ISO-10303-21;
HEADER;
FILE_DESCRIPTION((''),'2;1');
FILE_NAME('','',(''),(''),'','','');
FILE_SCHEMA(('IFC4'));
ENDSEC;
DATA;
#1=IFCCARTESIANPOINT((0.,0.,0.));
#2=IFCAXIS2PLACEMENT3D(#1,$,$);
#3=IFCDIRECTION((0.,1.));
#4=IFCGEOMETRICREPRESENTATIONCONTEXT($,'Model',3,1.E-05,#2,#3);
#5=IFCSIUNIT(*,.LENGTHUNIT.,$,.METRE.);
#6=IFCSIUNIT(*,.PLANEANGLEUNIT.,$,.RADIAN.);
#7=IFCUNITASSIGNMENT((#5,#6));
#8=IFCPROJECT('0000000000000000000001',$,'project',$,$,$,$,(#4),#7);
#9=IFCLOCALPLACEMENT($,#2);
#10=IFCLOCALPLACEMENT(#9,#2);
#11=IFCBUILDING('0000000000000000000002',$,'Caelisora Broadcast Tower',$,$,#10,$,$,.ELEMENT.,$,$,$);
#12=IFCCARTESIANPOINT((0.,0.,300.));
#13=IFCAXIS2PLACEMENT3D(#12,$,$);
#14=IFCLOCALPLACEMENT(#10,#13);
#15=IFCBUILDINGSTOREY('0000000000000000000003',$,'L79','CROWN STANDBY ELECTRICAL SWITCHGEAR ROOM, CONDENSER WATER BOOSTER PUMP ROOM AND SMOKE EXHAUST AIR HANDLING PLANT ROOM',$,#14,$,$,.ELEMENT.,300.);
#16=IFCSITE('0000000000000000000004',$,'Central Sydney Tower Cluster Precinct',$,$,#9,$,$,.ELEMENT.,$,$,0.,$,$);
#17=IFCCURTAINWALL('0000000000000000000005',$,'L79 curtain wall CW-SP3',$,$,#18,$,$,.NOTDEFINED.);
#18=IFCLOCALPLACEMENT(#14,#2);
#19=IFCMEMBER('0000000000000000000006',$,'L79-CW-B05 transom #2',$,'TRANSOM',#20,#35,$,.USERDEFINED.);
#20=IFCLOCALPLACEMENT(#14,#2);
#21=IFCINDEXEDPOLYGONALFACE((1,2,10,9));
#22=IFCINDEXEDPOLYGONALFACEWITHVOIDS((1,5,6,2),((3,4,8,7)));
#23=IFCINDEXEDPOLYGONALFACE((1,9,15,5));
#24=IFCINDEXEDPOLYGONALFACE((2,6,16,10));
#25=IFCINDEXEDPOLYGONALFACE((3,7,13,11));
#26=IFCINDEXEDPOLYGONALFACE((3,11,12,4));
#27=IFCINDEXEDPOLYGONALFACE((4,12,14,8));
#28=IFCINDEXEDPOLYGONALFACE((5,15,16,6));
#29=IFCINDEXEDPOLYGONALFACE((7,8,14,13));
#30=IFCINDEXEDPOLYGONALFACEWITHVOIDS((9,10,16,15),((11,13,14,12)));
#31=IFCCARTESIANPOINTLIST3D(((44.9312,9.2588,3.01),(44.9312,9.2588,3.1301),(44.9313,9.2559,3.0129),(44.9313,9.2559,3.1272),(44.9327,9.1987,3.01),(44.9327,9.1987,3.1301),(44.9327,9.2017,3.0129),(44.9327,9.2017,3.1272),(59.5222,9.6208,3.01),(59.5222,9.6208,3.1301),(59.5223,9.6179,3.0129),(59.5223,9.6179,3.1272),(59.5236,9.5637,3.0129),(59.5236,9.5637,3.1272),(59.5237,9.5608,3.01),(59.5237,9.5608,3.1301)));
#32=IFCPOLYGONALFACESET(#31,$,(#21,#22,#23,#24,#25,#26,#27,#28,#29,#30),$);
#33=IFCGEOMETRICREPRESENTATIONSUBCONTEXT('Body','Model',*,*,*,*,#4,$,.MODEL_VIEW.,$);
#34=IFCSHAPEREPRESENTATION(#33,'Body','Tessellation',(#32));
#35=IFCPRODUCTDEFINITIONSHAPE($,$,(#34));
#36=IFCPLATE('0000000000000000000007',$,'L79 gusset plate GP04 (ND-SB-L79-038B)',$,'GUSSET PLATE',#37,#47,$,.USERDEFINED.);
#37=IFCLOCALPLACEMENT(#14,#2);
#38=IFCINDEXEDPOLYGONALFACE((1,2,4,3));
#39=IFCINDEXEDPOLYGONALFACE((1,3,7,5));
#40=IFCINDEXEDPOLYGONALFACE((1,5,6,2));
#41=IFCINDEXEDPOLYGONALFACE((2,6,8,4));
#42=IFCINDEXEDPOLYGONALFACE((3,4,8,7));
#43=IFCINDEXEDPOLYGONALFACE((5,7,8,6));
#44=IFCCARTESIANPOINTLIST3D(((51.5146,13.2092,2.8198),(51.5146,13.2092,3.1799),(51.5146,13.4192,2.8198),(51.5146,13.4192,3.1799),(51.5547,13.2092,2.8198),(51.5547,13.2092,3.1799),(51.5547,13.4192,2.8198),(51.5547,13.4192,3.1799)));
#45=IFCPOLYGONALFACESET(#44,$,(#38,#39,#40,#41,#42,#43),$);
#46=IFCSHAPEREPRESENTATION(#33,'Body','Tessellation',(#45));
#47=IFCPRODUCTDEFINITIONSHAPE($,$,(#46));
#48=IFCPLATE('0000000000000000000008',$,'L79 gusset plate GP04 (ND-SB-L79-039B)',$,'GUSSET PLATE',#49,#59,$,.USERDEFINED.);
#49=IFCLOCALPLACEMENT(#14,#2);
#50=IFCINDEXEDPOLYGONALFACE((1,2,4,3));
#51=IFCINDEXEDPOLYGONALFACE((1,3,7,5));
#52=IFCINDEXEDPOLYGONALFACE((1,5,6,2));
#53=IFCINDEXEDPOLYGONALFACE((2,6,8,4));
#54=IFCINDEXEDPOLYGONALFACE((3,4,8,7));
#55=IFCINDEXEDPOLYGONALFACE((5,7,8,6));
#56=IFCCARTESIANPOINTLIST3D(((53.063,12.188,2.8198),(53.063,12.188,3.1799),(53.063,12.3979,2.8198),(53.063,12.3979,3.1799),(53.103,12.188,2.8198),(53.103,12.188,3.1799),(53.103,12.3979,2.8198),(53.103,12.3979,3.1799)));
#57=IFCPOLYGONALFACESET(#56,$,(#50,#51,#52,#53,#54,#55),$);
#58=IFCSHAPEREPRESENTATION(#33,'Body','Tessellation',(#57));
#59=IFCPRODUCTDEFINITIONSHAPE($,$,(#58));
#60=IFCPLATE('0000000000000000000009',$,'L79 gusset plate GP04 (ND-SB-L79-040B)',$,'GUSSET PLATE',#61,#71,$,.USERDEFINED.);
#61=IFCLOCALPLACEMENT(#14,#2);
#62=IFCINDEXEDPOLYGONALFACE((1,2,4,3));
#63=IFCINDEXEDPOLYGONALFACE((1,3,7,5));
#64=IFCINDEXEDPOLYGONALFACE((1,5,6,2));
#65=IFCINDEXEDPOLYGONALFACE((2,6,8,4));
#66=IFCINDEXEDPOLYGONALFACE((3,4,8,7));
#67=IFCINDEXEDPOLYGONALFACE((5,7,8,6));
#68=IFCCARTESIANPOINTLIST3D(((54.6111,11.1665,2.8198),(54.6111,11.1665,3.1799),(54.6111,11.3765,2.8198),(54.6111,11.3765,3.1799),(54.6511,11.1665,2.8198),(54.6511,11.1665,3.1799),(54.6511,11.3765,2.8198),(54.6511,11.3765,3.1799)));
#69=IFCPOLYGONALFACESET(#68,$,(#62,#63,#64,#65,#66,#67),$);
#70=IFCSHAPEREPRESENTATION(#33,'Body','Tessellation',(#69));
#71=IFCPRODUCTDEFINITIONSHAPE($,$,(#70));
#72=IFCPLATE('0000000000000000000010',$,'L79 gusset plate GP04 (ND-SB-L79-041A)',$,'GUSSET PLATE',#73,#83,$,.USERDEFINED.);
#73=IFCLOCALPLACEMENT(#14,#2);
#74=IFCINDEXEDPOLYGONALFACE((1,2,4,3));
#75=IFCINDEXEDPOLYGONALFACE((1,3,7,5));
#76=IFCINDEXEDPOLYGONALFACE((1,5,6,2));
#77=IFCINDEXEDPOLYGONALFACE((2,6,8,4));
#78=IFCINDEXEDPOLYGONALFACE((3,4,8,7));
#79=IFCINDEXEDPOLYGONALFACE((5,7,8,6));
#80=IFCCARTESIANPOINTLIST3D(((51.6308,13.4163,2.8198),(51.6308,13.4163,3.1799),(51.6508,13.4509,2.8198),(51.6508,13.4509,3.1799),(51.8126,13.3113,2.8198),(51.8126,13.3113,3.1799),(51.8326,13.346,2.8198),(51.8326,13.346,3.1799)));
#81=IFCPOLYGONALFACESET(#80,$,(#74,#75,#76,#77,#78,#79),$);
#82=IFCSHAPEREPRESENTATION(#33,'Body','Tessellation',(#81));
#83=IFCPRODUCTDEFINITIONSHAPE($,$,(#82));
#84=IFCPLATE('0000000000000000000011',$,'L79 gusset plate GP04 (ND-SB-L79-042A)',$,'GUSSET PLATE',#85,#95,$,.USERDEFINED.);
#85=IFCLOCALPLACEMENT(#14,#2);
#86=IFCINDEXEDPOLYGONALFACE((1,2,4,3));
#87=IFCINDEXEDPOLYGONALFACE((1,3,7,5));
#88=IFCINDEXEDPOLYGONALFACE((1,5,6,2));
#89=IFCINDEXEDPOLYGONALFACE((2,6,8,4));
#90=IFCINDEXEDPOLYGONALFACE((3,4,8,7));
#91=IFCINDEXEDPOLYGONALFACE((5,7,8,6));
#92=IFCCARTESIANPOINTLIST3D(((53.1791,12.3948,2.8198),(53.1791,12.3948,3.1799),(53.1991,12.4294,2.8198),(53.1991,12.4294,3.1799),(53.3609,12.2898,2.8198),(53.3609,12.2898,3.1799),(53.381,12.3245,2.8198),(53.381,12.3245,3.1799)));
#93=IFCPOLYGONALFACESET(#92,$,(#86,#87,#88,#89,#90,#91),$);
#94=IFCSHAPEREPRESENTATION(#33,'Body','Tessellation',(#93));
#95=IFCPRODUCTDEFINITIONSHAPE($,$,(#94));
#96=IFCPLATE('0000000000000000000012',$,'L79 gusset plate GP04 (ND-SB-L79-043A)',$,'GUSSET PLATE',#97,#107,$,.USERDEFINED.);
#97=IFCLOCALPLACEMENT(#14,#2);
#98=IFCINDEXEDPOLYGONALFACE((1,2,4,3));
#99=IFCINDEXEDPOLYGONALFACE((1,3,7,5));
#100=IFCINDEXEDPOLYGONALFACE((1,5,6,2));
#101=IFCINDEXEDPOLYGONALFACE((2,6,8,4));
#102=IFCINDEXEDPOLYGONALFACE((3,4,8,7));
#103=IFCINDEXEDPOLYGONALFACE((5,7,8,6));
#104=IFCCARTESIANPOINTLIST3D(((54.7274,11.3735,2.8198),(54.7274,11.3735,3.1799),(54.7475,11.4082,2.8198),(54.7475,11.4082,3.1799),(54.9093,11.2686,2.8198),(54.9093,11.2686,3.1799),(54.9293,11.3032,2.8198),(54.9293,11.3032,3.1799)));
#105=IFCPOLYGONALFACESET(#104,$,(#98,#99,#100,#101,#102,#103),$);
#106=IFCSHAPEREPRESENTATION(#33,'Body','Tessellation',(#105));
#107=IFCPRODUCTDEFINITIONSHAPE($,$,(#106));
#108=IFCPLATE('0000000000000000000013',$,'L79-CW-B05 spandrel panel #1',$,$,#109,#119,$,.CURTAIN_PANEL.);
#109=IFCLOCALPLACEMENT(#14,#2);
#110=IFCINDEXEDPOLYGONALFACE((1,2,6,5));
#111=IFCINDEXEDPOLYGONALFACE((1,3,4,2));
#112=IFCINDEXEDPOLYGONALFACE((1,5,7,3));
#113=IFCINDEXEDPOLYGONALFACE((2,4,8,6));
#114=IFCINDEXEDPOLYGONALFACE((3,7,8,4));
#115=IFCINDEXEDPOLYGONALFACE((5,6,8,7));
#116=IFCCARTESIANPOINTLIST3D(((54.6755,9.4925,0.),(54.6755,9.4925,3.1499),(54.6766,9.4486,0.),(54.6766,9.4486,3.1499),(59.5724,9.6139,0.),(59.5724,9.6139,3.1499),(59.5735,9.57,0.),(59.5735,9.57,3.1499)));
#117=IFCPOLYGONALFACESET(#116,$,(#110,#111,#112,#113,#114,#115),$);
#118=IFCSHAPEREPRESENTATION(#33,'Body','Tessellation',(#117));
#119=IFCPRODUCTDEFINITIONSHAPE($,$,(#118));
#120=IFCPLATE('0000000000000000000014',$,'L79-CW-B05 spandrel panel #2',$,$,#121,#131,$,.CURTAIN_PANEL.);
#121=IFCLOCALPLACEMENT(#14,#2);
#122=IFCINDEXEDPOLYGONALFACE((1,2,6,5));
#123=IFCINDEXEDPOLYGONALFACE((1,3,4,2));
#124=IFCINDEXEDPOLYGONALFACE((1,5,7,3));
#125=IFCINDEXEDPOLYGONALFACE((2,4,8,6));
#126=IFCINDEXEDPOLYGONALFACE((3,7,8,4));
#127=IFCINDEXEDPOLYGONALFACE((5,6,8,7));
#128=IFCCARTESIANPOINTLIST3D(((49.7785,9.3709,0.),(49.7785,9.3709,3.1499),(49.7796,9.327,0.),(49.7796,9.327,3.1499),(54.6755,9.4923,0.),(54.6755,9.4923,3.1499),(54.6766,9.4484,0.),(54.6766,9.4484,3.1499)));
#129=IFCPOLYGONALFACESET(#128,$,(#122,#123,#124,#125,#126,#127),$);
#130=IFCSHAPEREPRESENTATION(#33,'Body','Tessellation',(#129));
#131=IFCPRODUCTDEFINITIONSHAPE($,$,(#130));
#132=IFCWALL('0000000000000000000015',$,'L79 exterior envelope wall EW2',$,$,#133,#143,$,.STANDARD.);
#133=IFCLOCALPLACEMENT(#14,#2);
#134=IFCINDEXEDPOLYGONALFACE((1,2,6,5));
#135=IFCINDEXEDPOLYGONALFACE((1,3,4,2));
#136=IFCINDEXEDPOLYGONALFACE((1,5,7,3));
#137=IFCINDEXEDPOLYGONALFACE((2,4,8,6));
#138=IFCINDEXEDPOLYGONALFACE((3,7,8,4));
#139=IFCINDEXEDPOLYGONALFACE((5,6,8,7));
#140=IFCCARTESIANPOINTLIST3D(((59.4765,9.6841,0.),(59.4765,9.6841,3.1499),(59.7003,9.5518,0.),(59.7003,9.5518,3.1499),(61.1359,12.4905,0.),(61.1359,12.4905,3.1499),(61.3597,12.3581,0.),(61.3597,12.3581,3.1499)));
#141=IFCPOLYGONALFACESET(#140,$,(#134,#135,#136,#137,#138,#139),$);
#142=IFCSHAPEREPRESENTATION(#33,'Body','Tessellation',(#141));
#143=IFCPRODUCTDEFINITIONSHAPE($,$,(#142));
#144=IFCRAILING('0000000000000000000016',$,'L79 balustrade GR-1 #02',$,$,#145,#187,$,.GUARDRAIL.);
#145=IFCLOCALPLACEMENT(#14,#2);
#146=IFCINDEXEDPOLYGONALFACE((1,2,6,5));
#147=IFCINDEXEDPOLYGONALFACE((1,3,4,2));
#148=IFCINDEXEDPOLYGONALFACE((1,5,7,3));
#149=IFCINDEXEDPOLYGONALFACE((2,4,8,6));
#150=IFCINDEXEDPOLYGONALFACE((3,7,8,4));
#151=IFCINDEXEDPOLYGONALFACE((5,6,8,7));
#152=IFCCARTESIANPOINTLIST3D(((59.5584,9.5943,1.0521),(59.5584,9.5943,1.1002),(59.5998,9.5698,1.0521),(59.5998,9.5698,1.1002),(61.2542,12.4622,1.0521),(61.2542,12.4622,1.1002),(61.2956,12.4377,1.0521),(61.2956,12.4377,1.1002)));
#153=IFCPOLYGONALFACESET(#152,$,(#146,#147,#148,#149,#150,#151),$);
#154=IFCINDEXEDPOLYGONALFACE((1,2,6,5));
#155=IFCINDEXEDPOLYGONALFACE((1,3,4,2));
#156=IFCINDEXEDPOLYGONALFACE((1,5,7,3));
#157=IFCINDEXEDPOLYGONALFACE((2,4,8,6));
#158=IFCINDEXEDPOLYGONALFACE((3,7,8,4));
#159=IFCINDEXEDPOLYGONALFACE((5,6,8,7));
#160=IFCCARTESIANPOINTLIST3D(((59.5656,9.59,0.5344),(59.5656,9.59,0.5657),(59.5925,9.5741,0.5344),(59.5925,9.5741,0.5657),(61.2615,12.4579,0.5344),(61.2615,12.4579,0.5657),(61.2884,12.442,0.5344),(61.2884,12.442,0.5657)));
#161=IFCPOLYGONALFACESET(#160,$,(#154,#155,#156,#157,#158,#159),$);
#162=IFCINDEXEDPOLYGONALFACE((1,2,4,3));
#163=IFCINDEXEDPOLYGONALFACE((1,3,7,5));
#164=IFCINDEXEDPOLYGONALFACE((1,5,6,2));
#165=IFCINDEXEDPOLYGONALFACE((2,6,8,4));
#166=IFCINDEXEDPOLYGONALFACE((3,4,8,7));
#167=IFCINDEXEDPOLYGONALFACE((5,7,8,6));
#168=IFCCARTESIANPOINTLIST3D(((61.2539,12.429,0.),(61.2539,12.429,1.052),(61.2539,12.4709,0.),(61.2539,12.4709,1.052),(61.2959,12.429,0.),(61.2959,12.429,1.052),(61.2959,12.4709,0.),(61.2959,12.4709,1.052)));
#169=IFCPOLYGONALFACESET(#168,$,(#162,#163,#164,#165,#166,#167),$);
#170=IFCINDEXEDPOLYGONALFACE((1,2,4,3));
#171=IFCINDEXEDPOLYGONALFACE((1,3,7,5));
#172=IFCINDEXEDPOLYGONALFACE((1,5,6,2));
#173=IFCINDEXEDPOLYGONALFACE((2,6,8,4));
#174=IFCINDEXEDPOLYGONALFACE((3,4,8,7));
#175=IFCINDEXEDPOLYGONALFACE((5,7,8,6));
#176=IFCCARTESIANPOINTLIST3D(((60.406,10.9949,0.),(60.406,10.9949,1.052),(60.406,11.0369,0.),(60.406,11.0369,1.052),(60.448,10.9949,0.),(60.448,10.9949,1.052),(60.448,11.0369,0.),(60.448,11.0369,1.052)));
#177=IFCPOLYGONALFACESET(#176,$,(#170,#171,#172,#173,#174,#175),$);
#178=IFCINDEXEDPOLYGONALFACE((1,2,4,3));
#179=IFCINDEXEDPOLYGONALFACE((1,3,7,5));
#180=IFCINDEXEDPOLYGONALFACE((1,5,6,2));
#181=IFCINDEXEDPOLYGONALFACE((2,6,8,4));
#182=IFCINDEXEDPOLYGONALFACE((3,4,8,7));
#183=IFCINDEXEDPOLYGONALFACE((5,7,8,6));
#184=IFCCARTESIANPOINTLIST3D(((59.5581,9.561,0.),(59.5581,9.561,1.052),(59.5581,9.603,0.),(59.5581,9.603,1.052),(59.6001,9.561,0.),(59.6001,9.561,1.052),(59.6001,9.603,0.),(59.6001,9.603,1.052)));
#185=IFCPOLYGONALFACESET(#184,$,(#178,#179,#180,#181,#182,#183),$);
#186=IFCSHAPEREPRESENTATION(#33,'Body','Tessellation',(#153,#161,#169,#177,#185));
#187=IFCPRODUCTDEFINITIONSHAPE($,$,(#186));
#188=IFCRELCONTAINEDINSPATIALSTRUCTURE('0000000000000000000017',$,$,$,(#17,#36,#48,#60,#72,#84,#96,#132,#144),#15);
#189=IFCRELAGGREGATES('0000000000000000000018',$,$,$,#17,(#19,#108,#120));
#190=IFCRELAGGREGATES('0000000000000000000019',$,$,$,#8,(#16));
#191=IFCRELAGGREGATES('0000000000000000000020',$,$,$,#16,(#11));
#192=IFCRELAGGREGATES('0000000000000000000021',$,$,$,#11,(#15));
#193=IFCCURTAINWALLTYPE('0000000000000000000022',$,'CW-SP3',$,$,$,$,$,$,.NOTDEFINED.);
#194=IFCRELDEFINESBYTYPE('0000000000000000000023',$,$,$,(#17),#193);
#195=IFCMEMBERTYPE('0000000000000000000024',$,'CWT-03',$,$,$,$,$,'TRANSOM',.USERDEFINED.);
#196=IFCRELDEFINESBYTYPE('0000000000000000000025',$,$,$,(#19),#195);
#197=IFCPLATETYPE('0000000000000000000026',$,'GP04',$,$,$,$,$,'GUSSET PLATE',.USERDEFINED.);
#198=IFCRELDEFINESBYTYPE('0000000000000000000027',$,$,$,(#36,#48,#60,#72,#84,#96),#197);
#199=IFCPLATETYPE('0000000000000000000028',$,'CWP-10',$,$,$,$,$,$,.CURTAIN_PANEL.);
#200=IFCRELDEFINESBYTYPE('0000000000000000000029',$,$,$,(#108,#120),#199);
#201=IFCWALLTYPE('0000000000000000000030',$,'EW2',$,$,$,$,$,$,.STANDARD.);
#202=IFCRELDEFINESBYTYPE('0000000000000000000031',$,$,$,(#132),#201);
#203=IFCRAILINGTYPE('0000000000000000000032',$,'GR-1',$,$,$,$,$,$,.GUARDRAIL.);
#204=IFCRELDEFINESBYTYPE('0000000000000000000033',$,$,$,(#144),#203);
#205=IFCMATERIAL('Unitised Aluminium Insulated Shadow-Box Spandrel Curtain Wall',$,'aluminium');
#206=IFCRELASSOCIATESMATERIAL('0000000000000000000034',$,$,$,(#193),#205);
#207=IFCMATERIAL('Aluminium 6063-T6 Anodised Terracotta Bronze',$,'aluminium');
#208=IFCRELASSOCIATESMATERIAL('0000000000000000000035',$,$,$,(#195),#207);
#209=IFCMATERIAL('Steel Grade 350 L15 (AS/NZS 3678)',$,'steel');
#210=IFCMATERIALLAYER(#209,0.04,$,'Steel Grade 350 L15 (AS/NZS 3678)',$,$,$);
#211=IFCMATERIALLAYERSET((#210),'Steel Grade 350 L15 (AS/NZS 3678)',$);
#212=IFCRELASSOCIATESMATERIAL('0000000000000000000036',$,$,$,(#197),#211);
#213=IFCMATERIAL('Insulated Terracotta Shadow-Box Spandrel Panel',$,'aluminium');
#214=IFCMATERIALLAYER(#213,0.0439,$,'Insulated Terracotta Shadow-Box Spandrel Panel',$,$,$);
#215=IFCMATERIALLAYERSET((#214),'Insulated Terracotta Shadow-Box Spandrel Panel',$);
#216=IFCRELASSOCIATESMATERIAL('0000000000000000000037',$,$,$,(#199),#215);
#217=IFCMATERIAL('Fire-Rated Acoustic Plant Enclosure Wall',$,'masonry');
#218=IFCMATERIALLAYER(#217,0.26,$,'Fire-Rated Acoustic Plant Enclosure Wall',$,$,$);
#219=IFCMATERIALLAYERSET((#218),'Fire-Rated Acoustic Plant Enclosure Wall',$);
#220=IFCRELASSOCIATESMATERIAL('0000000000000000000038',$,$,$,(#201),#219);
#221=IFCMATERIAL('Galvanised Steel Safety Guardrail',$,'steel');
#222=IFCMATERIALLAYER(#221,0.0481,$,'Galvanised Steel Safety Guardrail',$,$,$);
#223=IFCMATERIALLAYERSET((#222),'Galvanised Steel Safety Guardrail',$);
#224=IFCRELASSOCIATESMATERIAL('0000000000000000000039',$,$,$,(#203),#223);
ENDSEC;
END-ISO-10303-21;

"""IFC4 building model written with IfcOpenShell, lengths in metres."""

from ifc_helpers import new_model, si_unit, direction, frame, frame_2d, origin, origin_2d, place, context, subcontext, project, spatial, rectangle, hollow_rectangle, extrude, source, transform, mapped, material, layer, layer_set, material_profile, profile_set, type_object, type_shapes, element, aggregate, save


model = new_model("IFC4")

# Units and contexts
model_context = context("Model", 3, precision=1e-05, world=origin(), true_north=direction((0.0, 1.0)))
body_context = subcontext(model_context, "Body", "Model", "MODEL_VIEW")
ifc_project = project(units=[si_unit("LENGTHUNIT", "METRE"), si_unit("PLANEANGLEUNIT", "RADIAN")], contexts=[model_context])

# Site, building, storey
site_placement = place(None, origin())
site = spatial("IfcSite", under=ifc_project, at=site_placement, Name="Central Sydney Tower Cluster Precinct", CompositionType="ELEMENT", RefElevation=0.0)
building_placement = place(site_placement, origin())
building = spatial("IfcBuilding", under=site, at=building_placement, Name="Caelisora Broadcast Tower", CompositionType="ELEMENT")
storey_placement = place(building_placement, frame((0.0, 0.0, 300.0)))
storey = spatial("IfcBuildingStorey", under=building, at=storey_placement, Name="L79", Description="CROWN STANDBY ELECTRICAL SWITCHGEAR ROOM, CONDENSER WATER BOOSTER PUMP ROOM AND SMOKE EXHAUST AIR HANDLING PLANT ROOM", CompositionType="ELEMENT", Elevation=300.0)

# Shared definitions
ifc_material_1 = material(Name="Unitised Aluminium Insulated Shadow-Box Spandrel Curtain Wall", Category="aluminium")
curtain_wall_type = type_object("IfcCurtainWallType", Name="CW-SP3", PredefinedType="NOTDEFINED", material=ifc_material_1)
ifc_material_2 = material(Name="Aluminium 6063-T6 Anodised Terracotta Bronze", Category="aluminium")

# Curtain wall, member
curtain_wall_1_placement = place(storey_placement, origin())
curtain_wall_1 = element("IfcCurtainWall", 1, at=curtain_wall_1_placement, inside=storey, type_object=curtain_wall_type, Name="L79 curtain wall CW-SP3", PredefinedType="NOTDEFINED")
ifc_material_profile_1 = material_profile(ifc_material_2, hollow_rectangle(XDim=0.0601, YDim=0.1201, WallThickness=0.0029, at=origin_2d()), Name="Aluminium 6063-T6 Anodised Terracotta Bronze")
ifc_profile_set_1 = profile_set([ifc_material_profile_1], Name="Aluminium 6063-T6 Anodised Terracotta Bronze")
member_type_1 = type_object("IfcMemberType", Name="CWT-03", ElementType="TRANSOM", PredefinedType="USERDEFINED", material=ifc_profile_set_1)
shared_shape_1 = source(origin(), body_context, "Body", "SweptSolid", [
    extrude(hollow_rectangle(XDim=0.0601, YDim=0.1201, WallThickness=0.0029, at=origin_2d()), origin(), (0.0, 0.0, 1.0), 14.5955),
])
type_shapes(member_type_1, [shared_shape_1])
member_1_placement = place(storey_placement, frame((59.5229, 9.5908, 3.0701), z_axis=(-0.999692, -0.024806, 0.0), x_axis=(0.024806, -0.999692, 0.0)))
member_1 = element("IfcMember", 2, at=member_1_placement, type_object=member_type_1, Name="L79-CW-B05 transom #2", ObjectType="TRANSOM", PredefinedType="USERDEFINED", context=body_context, shape_type="MappedRepresentation", body=[
    mapped(shared_shape_1, transform((0.0, 0.0, 0.0), scale=1.0)),
])

# Plates
ifc_material_3 = material(Name="Steel Grade 350 L15 (AS/NZS 3678)", Category="steel")
ifc_layer_1 = layer(ifc_material_3, 0.04, Name="Steel Grade 350 L15 (AS/NZS 3678)")
ifc_layer_set_1 = layer_set([ifc_layer_1], Name="Steel Grade 350 L15 (AS/NZS 3678)")
plate_type_1 = type_object("IfcPlateType", Name="GP04", ElementType="GUSSET PLATE", PredefinedType="USERDEFINED", material=ifc_layer_set_1)
shared_shape_2 = source(origin(), body_context, "Body", "SweptSolid", [
    extrude(rectangle(XDim=0.21, YDim=0.04, at=origin_2d()), origin(), (0.0, 0.0, 1.0), 0.3601),
])
type_shapes(plate_type_1, [shared_shape_2])
for number, where, z_axis, x_axis, name in (
    (3, (51.5347, 13.3142, 2.8198), (0.0, 0.0, 1.0), (0.0, 1.0, 0.0), "L79 gusset plate GP04 (ND-SB-L79-038B)"),
    (4, (53.083, 12.293, 2.8198), (0.0, 0.0, 1.0), (0.0, 1.0, 0.0), "L79 gusset plate GP04 (ND-SB-L79-039B)"),
    (5, (54.6311, 11.2715, 2.8198), (0.0, 0.0, 1.0), (0.0, 1.0, 0.0), "L79 gusset plate GP04 (ND-SB-L79-040B)"),
    (6, (51.7317, 13.3811, 2.8198), (0.0, 0.0, 1.0), (-0.866025, 0.5, 0.0), "L79 gusset plate GP04 (ND-SB-L79-041A)"),
    (7, (53.28, 12.3596, 2.8198), (0.0, 0.0, 1.0), (-0.866025, 0.5, 0.0), "L79 gusset plate GP04 (ND-SB-L79-042A)"),
    (8, (54.8284, 11.3384, 2.8198), (0.0, 0.0, 1.0), (-0.866025, 0.5, 0.0), "L79 gusset plate GP04 (ND-SB-L79-043A)"),
):
    element("IfcPlate", number, at=place(storey_placement, frame(where, z_axis=z_axis, x_axis=x_axis)), inside=storey, type_object=plate_type_1, Name=name, ObjectType="GUSSET PLATE", PredefinedType="USERDEFINED", context=body_context, shape_type="MappedRepresentation", body=[
        mapped(shared_shape_2, transform((0.0, 0.0, 0.0), scale=1.0)),
    ])

# Plates
ifc_material_4 = material(Name="Insulated Terracotta Shadow-Box Spandrel Panel", Category="aluminium")
ifc_layer_2 = layer(ifc_material_4, 0.0439, Name="Insulated Terracotta Shadow-Box Spandrel Panel")
ifc_layer_set_2 = layer_set([ifc_layer_2], Name="Insulated Terracotta Shadow-Box Spandrel Panel")
plate_type_2 = type_object("IfcPlateType", Name="CWP-10", PredefinedType="CURTAIN_PANEL", material=ifc_layer_set_2)
shared_shape_3 = source(origin(), body_context, "Body", "SweptSolid", [
    extrude(rectangle(XDim=4.8984, YDim=0.0439, at=origin_2d()), origin(), (0.0, 0.0, 1.0), 3.1499),
])
type_shapes(plate_type_2, [shared_shape_3])
plate_1_placement = place(storey_placement, frame((57.1245, 9.5312, 0.0), z_axis=(0.0, 0.0, 1.0), x_axis=(-0.999693, -0.024781, 0.0)))
plate_1 = element("IfcPlate", 9, at=plate_1_placement, type_object=plate_type_2, Name="L79-CW-B05 spandrel panel #1", PredefinedType="CURTAIN_PANEL", context=body_context, shape_type="MappedRepresentation", body=[
    mapped(shared_shape_3, transform((0.0, 0.0, 0.0), scale=1.0)),
])
plate_2_placement = place(storey_placement, frame((52.2275, 9.4097, 0.0), z_axis=(0.0, 0.0, 1.0), x_axis=(-0.999693, -0.024781, 0.0)))
plate_2 = element("IfcPlate", 10, at=plate_2_placement, type_object=plate_type_2, Name="L79-CW-B05 spandrel panel #2", PredefinedType="CURTAIN_PANEL", context=body_context, shape_type="MappedRepresentation", body=[
    mapped(shared_shape_3, transform((0.0, 0.0, 0.0), scale=1.0)),
])
aggregate(curtain_wall_1, [member_1, plate_1, plate_2])

# Wall
ifc_material_5 = material(Name="Fire-Rated Acoustic Plant Enclosure Wall", Category="masonry")
ifc_layer_3 = layer(ifc_material_5, 0.26, Name="Fire-Rated Acoustic Plant Enclosure Wall")
ifc_layer_set_3 = layer_set([ifc_layer_3], Name="Fire-Rated Acoustic Plant Enclosure Wall")
wall_type = type_object("IfcWallType", Name="EW2", PredefinedType="STANDARD", material=ifc_layer_set_3)
wall_placement = place(storey_placement, frame((61.2478, 12.4243, 0.0), z_axis=(0.0, 0.0, 1.0), x_axis=(-0.508979, -0.860779, 0.0)))
element("IfcWall", 11, at=wall_placement, inside=storey, type_object=wall_type, Name="L79 exterior envelope wall EW2", PredefinedType="STANDARD", context=body_context, shape_type="SweptSolid", body=[
    extrude(rectangle(XDim=3.2603, YDim=0.26, at=frame_2d((1.6301, 0.0))), origin(), (0.0, 0.0, 1.0), 3.1499),
])

# Railing
ifc_material_6 = material(Name="Galvanised Steel Safety Guardrail", Category="steel")
ifc_layer_4 = layer(ifc_material_6, 0.0481, Name="Galvanised Steel Safety Guardrail")
ifc_layer_set_4 = layer_set([ifc_layer_4], Name="Galvanised Steel Safety Guardrail")
railing_type = type_object("IfcRailingType", Name="GR-1", PredefinedType="GUARDRAIL", material=ifc_layer_set_4)
railing_1_placement = place(storey_placement, frame((61.2749, 12.45, 0.0)))
element("IfcRailing", 12, at=railing_1_placement, inside=storey, type_object=railing_type, Name="L79 balustrade GR-1 #02", PredefinedType="GUARDRAIL", context=body_context, shape_type="SweptSolid", body=[
    extrude(rectangle(XDim=0.0481, YDim=0.0481, at=origin_2d()), frame((0.0, 0.0, 1.0762), z_axis=(-0.508979, -0.860779, 0.0), x_axis=(0.860779, -0.508979, 0.0)), (0.0, 0.0, 1.0), 3.3318),
    extrude(rectangle(XDim=0.0312, YDim=0.0312, at=origin_2d()), frame((0.0, 0.0, 0.55), z_axis=(-0.508979, -0.860779, 0.0), x_axis=(0.860779, -0.508979, 0.0)), (0.0, 0.0, 1.0), 3.3318),
    extrude(rectangle(XDim=0.042, YDim=0.042, at=origin_2d()), origin(), (0.0, 0.0, 1.0), 1.052),
    extrude(rectangle(XDim=0.042, YDim=0.042, at=origin_2d()), frame((-0.8479, -1.4341, 0.0)), (0.0, 0.0, 1.0), 1.052),
    extrude(rectangle(XDim=0.042, YDim=0.042, at=origin_2d()), frame((-1.6958, -2.8679, 0.0)), (0.0, 0.0, 1.0), 1.052),
])

save(model, "model.ifc")
